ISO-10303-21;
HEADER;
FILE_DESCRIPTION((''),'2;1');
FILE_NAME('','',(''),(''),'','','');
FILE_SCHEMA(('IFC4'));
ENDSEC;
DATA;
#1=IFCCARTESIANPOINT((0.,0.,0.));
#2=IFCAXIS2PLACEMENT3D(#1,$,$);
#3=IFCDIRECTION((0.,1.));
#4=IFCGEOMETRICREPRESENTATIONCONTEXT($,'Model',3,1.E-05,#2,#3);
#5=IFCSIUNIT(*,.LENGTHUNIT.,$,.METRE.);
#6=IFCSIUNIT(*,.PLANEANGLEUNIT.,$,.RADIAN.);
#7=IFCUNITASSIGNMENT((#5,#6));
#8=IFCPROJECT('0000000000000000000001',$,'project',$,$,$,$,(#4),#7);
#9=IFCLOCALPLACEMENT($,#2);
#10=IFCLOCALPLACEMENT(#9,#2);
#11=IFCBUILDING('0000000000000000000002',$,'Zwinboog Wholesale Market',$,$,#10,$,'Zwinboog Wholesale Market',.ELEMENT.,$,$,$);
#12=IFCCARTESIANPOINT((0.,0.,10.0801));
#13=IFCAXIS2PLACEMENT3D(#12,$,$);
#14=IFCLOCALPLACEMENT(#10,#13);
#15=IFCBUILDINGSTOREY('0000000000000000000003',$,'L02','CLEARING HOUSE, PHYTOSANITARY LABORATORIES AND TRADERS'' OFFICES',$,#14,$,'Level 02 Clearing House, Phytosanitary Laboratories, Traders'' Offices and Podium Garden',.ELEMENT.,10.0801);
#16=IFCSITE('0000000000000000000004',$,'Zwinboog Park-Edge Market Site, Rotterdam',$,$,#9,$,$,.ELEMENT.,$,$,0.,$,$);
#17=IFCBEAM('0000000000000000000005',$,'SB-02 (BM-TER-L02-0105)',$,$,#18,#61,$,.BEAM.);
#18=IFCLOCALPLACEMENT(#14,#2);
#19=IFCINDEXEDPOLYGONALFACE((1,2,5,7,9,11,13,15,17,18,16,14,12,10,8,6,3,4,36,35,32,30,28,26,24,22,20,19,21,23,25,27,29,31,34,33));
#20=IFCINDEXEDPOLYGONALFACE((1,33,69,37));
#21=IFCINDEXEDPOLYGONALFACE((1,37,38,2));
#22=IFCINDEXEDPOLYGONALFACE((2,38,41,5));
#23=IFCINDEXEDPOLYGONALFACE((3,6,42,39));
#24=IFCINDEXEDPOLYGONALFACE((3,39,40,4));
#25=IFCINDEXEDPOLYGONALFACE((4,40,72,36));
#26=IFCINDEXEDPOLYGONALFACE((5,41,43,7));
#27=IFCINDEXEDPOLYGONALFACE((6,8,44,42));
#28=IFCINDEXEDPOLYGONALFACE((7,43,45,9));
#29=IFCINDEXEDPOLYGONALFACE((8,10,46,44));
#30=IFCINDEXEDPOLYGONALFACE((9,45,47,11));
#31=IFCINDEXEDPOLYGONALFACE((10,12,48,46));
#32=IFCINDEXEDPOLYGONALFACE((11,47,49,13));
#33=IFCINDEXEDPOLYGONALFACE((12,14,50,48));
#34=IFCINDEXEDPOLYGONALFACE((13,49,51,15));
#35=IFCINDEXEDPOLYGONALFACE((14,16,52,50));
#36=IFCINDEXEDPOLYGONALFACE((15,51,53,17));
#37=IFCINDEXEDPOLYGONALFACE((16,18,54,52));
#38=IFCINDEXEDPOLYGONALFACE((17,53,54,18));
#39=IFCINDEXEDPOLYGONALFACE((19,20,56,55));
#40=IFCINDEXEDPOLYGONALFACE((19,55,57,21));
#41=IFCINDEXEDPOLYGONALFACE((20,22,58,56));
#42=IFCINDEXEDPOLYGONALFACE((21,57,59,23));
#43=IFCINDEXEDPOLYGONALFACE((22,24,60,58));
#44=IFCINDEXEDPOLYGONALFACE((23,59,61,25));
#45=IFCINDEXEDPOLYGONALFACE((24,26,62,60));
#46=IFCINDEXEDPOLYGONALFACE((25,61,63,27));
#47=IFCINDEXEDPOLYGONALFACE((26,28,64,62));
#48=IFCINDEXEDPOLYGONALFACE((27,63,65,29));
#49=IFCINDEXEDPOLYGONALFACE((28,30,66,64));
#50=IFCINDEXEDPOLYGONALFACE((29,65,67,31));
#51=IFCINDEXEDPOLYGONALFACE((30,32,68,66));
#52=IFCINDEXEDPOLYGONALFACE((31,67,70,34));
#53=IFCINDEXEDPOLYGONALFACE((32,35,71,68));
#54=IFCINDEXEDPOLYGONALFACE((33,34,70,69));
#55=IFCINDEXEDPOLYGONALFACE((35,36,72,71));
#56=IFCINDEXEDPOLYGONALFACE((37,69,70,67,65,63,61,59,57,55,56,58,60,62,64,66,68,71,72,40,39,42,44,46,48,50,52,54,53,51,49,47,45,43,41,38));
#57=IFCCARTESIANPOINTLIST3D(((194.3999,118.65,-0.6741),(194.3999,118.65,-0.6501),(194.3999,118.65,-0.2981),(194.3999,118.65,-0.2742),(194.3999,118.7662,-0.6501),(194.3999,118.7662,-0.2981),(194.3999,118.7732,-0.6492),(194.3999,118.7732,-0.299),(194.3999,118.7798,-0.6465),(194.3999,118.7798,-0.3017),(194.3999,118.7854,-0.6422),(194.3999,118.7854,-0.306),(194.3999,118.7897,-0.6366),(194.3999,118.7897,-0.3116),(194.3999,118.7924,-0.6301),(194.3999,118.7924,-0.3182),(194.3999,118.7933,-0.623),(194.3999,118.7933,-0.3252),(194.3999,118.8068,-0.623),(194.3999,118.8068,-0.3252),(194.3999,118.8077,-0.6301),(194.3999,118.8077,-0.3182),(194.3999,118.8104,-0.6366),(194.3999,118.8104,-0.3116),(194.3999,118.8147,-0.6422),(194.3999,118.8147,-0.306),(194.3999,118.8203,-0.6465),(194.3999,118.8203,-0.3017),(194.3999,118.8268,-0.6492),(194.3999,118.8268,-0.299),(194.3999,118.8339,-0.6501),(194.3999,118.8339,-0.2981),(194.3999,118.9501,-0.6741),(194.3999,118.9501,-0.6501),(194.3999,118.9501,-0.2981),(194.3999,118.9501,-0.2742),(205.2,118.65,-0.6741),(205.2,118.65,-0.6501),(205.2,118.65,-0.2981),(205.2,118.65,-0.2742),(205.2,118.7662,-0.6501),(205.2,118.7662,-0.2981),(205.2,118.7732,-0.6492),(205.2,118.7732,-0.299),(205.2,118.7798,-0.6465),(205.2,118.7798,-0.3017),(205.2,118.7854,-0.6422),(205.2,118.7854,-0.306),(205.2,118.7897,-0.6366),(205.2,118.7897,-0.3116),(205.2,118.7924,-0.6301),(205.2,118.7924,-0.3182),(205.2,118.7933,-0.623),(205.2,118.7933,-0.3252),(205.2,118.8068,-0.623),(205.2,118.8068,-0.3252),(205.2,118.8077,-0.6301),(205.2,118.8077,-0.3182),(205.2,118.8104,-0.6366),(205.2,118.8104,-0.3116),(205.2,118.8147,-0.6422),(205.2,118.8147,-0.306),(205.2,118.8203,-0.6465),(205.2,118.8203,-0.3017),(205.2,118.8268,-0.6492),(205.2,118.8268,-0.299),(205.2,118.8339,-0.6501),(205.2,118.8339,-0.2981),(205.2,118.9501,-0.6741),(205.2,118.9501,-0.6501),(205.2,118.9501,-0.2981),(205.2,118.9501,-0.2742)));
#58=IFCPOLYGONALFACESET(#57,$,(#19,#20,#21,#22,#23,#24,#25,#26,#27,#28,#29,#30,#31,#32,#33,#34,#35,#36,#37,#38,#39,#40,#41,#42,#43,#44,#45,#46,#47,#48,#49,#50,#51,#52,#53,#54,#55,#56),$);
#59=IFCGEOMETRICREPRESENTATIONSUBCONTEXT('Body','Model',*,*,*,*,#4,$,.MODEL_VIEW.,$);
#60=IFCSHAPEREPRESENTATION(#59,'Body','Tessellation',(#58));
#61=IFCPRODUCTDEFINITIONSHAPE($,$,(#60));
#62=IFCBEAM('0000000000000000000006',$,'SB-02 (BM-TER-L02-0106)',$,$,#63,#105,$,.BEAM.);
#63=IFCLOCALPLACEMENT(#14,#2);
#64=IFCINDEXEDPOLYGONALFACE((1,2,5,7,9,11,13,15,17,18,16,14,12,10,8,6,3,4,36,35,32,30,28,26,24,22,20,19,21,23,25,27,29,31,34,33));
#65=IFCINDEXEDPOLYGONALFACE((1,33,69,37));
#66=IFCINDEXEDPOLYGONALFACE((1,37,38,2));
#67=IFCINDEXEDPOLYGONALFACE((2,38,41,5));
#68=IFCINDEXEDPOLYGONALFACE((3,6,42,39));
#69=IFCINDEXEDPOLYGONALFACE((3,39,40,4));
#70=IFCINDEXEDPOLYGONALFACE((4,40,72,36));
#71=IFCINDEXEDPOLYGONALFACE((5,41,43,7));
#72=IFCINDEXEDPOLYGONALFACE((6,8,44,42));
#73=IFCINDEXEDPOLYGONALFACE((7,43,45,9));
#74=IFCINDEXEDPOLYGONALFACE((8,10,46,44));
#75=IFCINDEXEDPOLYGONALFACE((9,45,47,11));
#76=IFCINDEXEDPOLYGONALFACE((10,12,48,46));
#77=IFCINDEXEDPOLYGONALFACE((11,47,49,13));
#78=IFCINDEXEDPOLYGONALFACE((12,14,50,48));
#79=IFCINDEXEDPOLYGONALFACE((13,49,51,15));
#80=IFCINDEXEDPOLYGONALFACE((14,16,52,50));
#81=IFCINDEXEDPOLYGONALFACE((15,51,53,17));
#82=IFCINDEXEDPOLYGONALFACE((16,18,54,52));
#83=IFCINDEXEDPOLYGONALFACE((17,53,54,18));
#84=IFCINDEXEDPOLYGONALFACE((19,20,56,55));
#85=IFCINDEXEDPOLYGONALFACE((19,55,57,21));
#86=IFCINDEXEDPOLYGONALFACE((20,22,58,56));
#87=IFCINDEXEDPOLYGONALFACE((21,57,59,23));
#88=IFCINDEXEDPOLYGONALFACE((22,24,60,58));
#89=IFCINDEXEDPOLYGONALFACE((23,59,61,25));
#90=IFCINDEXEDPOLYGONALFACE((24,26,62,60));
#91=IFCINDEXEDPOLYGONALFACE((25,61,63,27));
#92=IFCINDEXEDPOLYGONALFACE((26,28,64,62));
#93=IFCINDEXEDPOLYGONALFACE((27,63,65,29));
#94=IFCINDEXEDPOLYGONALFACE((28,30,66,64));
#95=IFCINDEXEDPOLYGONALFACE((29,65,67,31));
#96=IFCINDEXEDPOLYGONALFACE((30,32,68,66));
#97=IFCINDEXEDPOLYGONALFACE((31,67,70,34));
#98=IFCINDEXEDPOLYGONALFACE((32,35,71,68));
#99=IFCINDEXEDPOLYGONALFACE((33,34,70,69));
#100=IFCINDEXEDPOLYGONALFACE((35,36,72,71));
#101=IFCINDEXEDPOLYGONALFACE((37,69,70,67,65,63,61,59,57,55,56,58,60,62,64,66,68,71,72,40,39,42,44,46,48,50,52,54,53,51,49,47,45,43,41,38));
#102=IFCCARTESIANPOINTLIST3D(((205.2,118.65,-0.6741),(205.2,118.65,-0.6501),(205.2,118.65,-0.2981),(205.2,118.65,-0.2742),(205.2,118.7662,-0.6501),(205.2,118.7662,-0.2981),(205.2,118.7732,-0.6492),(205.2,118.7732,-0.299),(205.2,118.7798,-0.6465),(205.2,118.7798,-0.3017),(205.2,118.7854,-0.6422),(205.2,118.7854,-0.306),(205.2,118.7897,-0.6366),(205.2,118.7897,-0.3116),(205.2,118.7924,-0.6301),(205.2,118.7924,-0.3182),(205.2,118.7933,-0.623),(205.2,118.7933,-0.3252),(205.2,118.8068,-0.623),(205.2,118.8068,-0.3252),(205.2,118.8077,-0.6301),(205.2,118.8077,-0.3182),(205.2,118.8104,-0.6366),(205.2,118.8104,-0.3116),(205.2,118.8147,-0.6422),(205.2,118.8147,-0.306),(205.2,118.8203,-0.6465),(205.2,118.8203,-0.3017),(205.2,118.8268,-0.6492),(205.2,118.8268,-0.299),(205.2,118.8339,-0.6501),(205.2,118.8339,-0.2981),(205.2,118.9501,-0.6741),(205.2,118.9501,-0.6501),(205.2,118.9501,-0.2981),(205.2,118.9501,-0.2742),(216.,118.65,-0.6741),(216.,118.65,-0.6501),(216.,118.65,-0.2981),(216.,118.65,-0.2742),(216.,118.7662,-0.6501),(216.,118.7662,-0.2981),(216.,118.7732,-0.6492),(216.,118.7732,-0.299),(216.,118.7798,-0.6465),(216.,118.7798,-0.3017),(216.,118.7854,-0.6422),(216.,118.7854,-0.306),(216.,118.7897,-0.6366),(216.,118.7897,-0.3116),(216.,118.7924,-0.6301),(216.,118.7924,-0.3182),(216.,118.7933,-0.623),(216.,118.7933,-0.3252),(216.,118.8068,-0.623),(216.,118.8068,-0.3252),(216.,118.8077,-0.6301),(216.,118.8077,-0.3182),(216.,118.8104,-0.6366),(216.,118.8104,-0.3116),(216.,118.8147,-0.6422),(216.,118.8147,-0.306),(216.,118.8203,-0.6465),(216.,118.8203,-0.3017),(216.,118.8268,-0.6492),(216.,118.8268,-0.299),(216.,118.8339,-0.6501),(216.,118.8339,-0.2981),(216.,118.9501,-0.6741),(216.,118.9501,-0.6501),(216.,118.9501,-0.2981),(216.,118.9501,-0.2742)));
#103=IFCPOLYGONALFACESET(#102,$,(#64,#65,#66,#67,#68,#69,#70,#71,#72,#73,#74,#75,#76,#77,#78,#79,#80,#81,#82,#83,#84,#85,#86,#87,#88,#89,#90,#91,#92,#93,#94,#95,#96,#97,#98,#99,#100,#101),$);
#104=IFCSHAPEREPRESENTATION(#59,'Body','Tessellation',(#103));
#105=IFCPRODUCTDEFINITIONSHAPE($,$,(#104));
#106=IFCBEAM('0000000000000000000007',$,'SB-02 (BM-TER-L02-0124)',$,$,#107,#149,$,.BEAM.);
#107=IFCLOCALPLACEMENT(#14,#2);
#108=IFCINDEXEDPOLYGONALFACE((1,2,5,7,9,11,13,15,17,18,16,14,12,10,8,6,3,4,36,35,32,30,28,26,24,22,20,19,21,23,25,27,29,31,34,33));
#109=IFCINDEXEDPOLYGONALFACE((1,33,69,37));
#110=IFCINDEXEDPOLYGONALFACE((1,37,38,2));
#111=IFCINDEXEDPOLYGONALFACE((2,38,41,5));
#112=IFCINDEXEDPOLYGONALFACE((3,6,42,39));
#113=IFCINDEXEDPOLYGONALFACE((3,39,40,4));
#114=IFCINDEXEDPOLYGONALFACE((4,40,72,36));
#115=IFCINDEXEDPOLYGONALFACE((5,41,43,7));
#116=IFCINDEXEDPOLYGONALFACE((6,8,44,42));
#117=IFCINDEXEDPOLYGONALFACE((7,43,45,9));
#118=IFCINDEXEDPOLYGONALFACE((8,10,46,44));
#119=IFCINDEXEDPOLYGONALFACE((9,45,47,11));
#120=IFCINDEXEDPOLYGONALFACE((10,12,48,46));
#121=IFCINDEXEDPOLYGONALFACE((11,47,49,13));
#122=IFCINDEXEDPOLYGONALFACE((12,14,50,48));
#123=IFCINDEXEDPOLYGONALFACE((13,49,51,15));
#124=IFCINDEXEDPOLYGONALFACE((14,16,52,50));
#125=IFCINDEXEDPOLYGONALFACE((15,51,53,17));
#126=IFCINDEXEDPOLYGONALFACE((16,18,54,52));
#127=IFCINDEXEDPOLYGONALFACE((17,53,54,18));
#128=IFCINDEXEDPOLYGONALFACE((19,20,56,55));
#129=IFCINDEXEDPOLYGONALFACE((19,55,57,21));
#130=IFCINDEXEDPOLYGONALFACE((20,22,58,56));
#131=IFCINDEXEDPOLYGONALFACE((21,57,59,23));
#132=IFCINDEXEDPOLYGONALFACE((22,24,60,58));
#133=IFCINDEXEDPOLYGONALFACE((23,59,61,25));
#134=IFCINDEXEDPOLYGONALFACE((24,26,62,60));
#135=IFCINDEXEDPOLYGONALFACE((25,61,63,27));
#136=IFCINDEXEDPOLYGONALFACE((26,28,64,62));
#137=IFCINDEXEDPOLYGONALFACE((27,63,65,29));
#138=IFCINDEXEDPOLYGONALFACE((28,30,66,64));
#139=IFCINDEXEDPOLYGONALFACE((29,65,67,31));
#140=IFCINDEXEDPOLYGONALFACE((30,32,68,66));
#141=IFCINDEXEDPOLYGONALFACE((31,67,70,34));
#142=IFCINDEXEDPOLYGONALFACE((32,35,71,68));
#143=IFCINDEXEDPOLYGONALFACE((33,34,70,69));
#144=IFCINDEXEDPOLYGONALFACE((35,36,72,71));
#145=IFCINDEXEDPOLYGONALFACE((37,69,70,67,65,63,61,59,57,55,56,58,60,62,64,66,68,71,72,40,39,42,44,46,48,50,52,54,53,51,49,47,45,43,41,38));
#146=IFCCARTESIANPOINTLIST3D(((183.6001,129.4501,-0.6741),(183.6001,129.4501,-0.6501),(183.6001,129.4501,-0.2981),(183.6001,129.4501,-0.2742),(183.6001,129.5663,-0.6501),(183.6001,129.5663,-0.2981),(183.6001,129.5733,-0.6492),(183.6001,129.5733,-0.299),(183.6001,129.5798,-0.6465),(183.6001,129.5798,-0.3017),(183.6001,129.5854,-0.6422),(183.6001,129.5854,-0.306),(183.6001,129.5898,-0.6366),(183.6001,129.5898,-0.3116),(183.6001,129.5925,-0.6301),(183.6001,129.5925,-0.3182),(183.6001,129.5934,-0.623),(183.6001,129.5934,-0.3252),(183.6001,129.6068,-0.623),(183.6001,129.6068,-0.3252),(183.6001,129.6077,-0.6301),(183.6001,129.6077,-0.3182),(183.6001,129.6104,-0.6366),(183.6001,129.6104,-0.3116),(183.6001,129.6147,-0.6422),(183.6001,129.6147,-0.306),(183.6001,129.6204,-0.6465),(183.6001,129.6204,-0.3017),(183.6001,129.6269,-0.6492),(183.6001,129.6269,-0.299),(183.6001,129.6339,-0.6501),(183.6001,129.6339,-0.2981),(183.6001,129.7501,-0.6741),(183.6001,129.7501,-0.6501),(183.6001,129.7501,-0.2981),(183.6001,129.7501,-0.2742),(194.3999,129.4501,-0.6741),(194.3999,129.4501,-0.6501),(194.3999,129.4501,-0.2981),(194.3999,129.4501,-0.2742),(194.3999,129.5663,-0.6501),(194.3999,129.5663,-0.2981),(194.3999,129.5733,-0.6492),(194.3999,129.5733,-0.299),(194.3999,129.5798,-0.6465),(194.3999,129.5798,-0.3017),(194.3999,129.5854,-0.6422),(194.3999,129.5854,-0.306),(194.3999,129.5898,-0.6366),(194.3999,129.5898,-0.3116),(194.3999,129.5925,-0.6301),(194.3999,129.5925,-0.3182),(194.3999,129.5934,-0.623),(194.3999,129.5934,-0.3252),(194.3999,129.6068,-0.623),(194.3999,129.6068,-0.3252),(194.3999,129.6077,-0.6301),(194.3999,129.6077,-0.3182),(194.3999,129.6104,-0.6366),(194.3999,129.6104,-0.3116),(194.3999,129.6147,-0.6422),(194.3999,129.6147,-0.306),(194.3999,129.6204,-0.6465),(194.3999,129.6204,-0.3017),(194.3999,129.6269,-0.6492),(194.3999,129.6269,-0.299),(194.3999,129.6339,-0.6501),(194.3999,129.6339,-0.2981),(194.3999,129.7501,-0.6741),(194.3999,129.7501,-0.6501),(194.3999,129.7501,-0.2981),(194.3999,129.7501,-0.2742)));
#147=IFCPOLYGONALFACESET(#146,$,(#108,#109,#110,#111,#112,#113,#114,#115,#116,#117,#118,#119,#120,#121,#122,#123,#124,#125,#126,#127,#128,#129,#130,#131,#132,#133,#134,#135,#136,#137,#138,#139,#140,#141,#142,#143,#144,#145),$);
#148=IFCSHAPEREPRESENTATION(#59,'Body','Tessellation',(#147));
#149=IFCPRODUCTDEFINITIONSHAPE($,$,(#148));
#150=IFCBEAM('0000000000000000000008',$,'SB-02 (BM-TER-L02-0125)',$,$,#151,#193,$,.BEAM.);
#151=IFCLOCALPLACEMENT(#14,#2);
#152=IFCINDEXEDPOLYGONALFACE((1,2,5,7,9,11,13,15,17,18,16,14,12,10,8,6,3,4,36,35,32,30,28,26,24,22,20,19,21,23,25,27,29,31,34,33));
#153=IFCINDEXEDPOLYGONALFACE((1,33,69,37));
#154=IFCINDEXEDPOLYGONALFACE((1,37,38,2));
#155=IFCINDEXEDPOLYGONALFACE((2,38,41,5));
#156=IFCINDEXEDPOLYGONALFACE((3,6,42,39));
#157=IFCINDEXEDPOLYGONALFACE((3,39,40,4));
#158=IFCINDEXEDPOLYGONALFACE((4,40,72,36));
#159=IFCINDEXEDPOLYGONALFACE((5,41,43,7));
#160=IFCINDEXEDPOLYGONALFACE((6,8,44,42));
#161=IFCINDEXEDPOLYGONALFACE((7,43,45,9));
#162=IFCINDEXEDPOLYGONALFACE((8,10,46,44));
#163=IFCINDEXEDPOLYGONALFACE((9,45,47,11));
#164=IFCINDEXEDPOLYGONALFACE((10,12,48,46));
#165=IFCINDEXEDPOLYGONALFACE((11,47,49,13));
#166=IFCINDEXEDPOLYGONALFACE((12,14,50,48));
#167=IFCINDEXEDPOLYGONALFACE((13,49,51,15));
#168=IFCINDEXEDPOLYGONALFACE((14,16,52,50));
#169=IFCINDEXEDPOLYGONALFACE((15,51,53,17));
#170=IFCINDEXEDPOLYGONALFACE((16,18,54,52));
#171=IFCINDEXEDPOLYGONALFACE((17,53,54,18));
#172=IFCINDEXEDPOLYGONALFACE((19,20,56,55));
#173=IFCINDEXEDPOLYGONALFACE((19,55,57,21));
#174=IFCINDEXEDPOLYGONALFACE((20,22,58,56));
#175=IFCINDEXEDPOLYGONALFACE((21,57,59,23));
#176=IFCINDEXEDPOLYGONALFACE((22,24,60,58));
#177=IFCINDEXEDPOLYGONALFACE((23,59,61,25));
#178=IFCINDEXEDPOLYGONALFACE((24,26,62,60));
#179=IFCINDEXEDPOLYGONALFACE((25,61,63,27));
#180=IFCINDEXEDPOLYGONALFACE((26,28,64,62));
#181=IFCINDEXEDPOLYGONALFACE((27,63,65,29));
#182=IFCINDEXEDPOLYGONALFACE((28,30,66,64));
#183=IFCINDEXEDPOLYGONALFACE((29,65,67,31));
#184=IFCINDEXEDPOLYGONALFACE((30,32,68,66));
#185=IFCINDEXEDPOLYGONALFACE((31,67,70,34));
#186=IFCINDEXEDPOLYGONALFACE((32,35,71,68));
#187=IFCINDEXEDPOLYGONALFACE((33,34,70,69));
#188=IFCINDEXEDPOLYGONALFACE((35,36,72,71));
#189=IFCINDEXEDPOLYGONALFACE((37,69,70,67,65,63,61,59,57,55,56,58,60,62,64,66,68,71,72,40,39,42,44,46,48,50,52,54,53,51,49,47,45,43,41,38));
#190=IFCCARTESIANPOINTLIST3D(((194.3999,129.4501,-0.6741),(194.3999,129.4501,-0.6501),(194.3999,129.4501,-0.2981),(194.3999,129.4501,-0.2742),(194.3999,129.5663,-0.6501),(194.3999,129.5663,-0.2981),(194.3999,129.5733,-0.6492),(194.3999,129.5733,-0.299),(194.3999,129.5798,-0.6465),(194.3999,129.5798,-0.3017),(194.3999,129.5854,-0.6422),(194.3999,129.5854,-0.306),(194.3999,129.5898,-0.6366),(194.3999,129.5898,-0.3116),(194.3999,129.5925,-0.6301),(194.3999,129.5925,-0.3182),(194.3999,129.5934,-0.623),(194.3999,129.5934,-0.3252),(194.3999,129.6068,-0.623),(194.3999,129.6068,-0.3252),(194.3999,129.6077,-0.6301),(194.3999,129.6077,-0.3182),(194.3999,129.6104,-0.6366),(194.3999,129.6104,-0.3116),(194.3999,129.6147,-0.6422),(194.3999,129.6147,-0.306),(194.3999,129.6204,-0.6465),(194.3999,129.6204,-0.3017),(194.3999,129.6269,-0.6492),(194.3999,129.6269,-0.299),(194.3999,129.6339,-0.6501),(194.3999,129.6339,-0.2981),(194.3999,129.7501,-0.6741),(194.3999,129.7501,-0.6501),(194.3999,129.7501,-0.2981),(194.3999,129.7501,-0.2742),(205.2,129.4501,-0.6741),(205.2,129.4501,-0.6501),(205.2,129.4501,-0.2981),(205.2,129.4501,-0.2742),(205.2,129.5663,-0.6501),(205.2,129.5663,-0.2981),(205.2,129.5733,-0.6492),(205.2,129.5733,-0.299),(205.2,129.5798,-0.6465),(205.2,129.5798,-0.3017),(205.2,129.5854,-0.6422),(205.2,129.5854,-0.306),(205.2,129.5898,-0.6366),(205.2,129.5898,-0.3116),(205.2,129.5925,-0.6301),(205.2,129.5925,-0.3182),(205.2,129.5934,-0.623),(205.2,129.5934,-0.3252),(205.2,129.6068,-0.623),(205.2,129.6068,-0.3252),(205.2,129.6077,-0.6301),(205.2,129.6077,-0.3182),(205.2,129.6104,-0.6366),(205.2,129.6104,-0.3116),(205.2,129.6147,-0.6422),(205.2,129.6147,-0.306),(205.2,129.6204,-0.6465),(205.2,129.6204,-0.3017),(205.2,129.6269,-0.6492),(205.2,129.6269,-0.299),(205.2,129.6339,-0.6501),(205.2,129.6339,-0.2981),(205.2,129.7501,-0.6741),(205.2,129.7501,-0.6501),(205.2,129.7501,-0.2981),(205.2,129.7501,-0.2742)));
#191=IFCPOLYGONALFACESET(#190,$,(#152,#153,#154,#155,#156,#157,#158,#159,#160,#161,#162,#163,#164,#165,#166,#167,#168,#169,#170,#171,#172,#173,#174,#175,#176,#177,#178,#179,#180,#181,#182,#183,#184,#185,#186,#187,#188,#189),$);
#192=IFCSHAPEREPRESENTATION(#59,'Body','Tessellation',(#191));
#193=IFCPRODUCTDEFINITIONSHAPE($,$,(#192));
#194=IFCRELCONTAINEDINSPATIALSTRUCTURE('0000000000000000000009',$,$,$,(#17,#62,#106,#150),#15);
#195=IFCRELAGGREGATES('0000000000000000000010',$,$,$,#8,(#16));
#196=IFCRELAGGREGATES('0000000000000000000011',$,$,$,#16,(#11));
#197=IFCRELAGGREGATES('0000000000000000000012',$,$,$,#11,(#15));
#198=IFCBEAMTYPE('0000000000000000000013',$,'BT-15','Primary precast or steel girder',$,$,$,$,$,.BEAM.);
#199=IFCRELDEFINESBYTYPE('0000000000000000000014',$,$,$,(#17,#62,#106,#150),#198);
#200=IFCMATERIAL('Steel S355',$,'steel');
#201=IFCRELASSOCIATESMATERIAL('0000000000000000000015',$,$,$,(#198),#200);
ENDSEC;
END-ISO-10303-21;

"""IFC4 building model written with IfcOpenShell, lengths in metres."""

from ifc_helpers import new_model, si_unit, direction, frame, origin, origin_2d, place, context, subcontext, project, spatial, i_section, extrude, material, material_profile, profile_set, type_object, element, save


model = new_model("IFC4")

# Units and contexts
model_context = context("Model", 3, precision=1e-05, world=origin(), true_north=direction((0.0, 1.0)))
body_context = subcontext(model_context, "Body", "Model", "MODEL_VIEW")
ifc_project = project(units=[si_unit("LENGTHUNIT", "METRE"), si_unit("PLANEANGLEUNIT", "RADIAN")], contexts=[model_context])

# Site, building, storey
site_placement = place(None, origin())
site = spatial("IfcSite", under=ifc_project, at=site_placement, Name="Zwinboog Park-Edge Market Site, Rotterdam", CompositionType="ELEMENT", RefElevation=0.0)
building_placement = place(site_placement, origin())
building = spatial("IfcBuilding", under=site, at=building_placement, Name="Zwinboog Wholesale Market", LongName="Zwinboog Wholesale Market", CompositionType="ELEMENT")
storey_placement = place(building_placement, frame((0.0, 0.0, 10.0801)))
storey = spatial("IfcBuildingStorey", under=building, at=storey_placement, Name="L02", Description="CLEARING HOUSE, PHYTOSANITARY LABORATORIES AND TRADERS' OFFICES", LongName="Level 02 Clearing House, Phytosanitary Laboratories, Traders' Offices and Podium Garden", CompositionType="ELEMENT", Elevation=10.0801)

# Beams
ifc_material_1 = material(Name="Steel S355", Category="steel")
ifc_material_profile_1 = material_profile(ifc_material_1, i_section(OverallWidth=0.3, OverallDepth=0.3999, WebThickness=0.0134, FlangeThickness=0.0239, FilletRadius=0.0271, at=origin_2d()), Name="HEB 400")
ifc_profile_set_1 = profile_set([ifc_material_profile_1], Name="Steel S355")
beam_type_1 = type_object("IfcBeamType", Name="BT-15", Description="Primary precast or steel girder", PredefinedType="BEAM", material=ifc_profile_set_1)
for number, where, z_axis, x_axis, name in (
    (1, (194.3999, 118.8, -0.4741), (1.0, 0.0, 0.0), (0.0, 1.0, 0.0), "SB-02 (BM-TER-L02-0105)"),
    (2, (205.2, 118.8, -0.4741), (1.0, 0.0, 0.0), (0.0, 1.0, 0.0), "SB-02 (BM-TER-L02-0106)"),
):
    element("IfcBeam", number, at=place(storey_placement, frame(where, z_axis=z_axis, x_axis=x_axis)), inside=storey, type_object=beam_type_1, Name=name, PredefinedType="BEAM", context=body_context, shape_type="SweptSolid", body=[
        extrude(i_section(OverallWidth=0.3, OverallDepth=0.3999, WebThickness=0.0134, FlangeThickness=0.0239, FilletRadius=0.0271, at=origin_2d()), origin(), (0.0, 0.0, 1.0), 10.8),
    ])
beam_1_placement = place(storey_placement, frame((183.6001, 129.6001, -0.4741), z_axis=(1.0, 0.0, 0.0), x_axis=(0.0, 1.0, 0.0)))
element("IfcBeam", 3, at=beam_1_placement, inside=storey, type_object=beam_type_1, Name="SB-02 (BM-TER-L02-0124)", PredefinedType="BEAM", context=body_context, shape_type="SweptSolid", body=[
    extrude(i_section(OverallWidth=0.3, OverallDepth=0.3999, WebThickness=0.0134, FlangeThickness=0.0239, FilletRadius=0.0271, at=origin_2d()), origin(), (0.0, 0.0, 1.0), 10.7998),
])
for number, where, z_axis, x_axis, name in (
    (4, (194.3999, 129.6001, -0.4741), (1.0, 0.0, 0.0), (0.0, 1.0, 0.0), "SB-02 (BM-TER-L02-0125)"),
):
    element("IfcBeam", number, at=place(storey_placement, frame(where, z_axis=z_axis, x_axis=x_axis)), inside=storey, type_object=beam_type_1, Name=name, PredefinedType="BEAM", context=body_context, shape_type="SweptSolid", body=[
        extrude(i_section(OverallWidth=0.3, OverallDepth=0.3999, WebThickness=0.0134, FlangeThickness=0.0239, FilletRadius=0.0271, at=origin_2d()), origin(), (0.0, 0.0, 1.0), 10.8),
    ])

save(model, "model.ifc")
